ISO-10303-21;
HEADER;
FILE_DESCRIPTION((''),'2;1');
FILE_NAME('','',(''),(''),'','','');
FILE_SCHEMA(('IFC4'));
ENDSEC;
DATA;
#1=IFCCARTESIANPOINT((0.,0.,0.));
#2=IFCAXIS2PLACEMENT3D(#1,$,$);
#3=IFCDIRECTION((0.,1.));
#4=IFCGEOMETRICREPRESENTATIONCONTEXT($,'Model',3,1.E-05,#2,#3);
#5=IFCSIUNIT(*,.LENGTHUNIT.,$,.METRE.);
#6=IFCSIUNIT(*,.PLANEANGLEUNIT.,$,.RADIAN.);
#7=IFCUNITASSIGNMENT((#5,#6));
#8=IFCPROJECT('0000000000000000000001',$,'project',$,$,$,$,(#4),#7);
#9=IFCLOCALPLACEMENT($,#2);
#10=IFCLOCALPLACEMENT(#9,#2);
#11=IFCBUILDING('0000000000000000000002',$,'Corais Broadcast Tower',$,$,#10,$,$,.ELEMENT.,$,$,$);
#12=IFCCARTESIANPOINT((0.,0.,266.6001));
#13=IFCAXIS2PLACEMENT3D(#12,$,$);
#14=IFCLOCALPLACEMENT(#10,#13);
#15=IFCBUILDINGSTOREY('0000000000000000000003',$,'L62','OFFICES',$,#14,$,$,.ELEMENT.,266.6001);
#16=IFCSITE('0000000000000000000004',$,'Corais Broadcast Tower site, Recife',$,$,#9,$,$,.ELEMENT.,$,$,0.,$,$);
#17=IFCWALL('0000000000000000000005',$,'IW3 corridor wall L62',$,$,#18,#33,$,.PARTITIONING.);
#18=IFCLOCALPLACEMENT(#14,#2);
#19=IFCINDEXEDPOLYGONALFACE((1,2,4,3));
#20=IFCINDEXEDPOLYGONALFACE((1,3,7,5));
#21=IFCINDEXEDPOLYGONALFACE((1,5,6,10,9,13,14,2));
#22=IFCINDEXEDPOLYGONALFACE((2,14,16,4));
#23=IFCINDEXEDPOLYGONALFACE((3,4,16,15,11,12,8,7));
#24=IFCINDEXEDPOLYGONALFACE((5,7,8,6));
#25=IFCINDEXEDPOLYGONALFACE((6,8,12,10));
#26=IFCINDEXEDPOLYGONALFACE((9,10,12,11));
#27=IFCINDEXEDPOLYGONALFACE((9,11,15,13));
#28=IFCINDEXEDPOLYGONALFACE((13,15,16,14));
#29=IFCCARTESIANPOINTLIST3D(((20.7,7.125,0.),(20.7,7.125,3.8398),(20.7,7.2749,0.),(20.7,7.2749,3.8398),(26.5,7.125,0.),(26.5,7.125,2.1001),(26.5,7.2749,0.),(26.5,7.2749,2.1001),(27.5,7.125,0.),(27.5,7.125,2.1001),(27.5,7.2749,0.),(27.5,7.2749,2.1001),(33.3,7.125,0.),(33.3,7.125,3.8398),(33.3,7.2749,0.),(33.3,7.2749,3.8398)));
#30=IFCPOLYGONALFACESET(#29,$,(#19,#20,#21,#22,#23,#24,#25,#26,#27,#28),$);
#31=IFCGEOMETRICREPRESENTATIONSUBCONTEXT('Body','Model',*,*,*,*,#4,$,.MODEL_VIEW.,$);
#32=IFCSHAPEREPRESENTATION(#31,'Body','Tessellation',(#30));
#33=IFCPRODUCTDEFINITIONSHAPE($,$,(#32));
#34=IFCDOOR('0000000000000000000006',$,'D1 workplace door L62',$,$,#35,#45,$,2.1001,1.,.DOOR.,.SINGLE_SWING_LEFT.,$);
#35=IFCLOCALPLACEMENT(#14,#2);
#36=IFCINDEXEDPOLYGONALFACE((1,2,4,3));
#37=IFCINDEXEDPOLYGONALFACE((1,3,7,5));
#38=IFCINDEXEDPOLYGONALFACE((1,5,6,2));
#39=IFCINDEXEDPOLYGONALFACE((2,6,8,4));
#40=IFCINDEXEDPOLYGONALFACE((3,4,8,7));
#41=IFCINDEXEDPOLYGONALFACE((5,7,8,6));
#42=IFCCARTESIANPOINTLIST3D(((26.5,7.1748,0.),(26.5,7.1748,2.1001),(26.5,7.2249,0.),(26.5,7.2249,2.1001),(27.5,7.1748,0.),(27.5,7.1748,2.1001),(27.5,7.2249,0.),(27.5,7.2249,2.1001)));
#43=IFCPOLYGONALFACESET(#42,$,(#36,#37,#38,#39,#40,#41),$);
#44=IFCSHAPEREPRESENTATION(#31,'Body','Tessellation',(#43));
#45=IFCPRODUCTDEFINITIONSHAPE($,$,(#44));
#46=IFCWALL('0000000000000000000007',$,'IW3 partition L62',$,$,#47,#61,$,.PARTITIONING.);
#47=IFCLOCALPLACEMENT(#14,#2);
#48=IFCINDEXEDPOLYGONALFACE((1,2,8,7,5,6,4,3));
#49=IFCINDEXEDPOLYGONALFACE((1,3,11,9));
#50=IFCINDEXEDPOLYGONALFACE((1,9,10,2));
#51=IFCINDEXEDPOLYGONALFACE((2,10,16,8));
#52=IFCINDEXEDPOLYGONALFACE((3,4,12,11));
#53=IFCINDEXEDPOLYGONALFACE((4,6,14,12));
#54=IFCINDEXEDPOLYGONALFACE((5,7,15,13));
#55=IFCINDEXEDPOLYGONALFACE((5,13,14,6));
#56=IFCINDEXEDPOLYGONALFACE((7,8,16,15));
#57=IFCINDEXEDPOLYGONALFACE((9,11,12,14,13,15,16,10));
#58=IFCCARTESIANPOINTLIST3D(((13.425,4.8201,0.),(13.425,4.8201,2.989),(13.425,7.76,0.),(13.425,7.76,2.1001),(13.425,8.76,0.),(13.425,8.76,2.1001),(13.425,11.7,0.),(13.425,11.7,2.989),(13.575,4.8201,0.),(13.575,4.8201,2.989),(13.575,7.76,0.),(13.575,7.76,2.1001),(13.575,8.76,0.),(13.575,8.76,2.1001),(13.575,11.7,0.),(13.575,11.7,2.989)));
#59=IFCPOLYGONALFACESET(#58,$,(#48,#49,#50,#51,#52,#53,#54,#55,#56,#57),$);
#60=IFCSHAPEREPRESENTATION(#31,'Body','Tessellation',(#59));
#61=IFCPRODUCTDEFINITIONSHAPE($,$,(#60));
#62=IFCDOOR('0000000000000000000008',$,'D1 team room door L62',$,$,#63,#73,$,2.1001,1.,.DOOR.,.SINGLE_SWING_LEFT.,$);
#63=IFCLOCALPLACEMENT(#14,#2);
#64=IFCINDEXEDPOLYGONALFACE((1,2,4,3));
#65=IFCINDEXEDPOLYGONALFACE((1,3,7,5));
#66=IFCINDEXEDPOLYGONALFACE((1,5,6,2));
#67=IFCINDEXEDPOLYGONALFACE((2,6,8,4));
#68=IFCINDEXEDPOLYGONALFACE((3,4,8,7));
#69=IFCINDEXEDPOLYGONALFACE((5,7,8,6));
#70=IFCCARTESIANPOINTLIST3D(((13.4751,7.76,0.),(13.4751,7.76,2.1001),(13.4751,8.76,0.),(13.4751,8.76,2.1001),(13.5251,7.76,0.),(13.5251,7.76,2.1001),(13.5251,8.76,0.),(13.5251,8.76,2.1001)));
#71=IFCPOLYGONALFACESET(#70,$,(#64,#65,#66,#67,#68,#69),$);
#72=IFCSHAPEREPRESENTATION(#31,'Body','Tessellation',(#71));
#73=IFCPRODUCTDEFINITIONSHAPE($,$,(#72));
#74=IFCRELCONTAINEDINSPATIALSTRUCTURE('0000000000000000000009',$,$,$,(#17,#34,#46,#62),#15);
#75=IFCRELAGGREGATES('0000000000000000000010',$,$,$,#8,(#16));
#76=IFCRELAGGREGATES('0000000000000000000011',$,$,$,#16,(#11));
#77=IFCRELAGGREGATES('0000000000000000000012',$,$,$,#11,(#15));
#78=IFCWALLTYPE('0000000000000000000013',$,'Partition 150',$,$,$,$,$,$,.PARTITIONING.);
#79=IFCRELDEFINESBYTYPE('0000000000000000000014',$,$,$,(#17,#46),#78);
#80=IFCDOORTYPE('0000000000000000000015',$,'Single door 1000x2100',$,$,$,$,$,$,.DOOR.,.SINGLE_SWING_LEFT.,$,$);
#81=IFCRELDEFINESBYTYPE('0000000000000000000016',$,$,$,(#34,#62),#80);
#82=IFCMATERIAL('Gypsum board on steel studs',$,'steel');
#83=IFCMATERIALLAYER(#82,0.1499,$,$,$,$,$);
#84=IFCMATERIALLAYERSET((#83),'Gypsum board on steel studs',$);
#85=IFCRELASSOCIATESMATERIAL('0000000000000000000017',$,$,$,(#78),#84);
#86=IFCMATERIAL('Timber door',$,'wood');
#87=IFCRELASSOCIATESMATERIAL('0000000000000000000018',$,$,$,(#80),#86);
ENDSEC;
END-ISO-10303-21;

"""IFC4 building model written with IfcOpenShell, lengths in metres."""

from ifc_helpers import new_model, si_unit, direction, frame, frame_2d, origin, place, context, subcontext, project, spatial, rectangle, extrude, material, layer, layer_set, type_object, element, fill, save


model = new_model("IFC4")

# Units and contexts
model_context = context("Model", 3, precision=1e-05, world=origin(), true_north=direction((0.0, 1.0)))
body_context = subcontext(model_context, "Body", "Model", "MODEL_VIEW")
ifc_project = project(units=[si_unit("LENGTHUNIT", "METRE"), si_unit("PLANEANGLEUNIT", "RADIAN")], contexts=[model_context])

# Site, building, storey
site_placement = place(None, origin())
site = spatial("IfcSite", under=ifc_project, at=site_placement, Name="Corais Broadcast Tower site, Recife", CompositionType="ELEMENT", RefElevation=0.0)
building_placement = place(site_placement, origin())
building = spatial("IfcBuilding", under=site, at=building_placement, Name="Corais Broadcast Tower", CompositionType="ELEMENT")
storey_placement = place(building_placement, frame((0.0, 0.0, 266.6001)))
storey = spatial("IfcBuildingStorey", under=building, at=storey_placement, Name="L62", Description="OFFICES", CompositionType="ELEMENT", Elevation=266.6001)

# Walls, openings, doors
ifc_material_1 = material(Name="Gypsum board on steel studs", Category="steel")
ifc_layer_1 = layer(ifc_material_1, 0.1499)
ifc_layer_set_1 = layer_set([ifc_layer_1], Name="Gypsum board on steel studs")
wall_type = type_object("IfcWallType", Name="Partition 150", PredefinedType="PARTITIONING", material=ifc_layer_set_1)
wall_1_placement = place(storey_placement, frame((20.7, 7.2, 0.0), z_axis=(0.0, 0.0, 1.0), x_axis=(1.0, 0.0, 0.0)))
wall_1 = element("IfcWall", 1, at=wall_1_placement, inside=storey, type_object=wall_type, Name="IW3 corridor wall L62", PredefinedType="PARTITIONING", context=body_context, shape_type="SweptSolid", body=[
    extrude(rectangle(XDim=12.6001, YDim=0.1499, at=frame_2d((6.3, 0.0))), origin(), (0.0, 0.0, 1.0), 3.8398),
])
opening_1_placement = place(wall_1_placement, frame((5.8, 0.0, 0.0)))
opening_1 = element("IfcOpeningElement", 2, at=opening_1_placement, cuts=wall_1, PredefinedType="OPENING", context=body_context, shape_type="SweptSolid", body=[
    extrude(rectangle(XDim=1.0, YDim=2.1001, at=frame_2d((0.5, 1.05))), frame((0.0, 0.085, 0.0), z_axis=(0.0, -1.0, 0.0), x_axis=(1.0, 0.0, 0.0)), (0.0, 0.0, 1.0), 0.1699),
])
ifc_material_2 = material(Name="Timber door", Category="wood")
door_type = type_object("IfcDoorType", Name="Single door 1000x2100", OperationType="SINGLE_SWING_LEFT", PredefinedType="DOOR", material=ifc_material_2)
door_1_placement = place(opening_1_placement, origin())
door_1 = element("IfcDoor", 3, at=door_1_placement, inside=storey, type_object=door_type, Name="D1 workplace door L62", OperationType="SINGLE_SWING_LEFT", OverallHeight=2.1001, OverallWidth=1.0, PredefinedType="DOOR", context=body_context, shape_type="SweptSolid", body=[
    extrude(rectangle(XDim=1.0, YDim=2.1001, at=frame_2d((0.5, 1.05))), frame((0.0, 0.0249, 0.0), z_axis=(0.0, -1.0, 0.0), x_axis=(1.0, 0.0, 0.0)), (0.0, 0.0, 1.0), 0.05),
])
fill(opening_1, door_1)
wall_2_placement = place(storey_placement, frame((13.5, 4.8201, 0.0), z_axis=(0.0, 0.0, 1.0), x_axis=(0.0, 1.0, 0.0)))
wall_2 = element("IfcWall", 4, at=wall_2_placement, inside=storey, type_object=wall_type, Name="IW3 partition L62", PredefinedType="PARTITIONING", context=body_context, shape_type="SweptSolid", body=[
    extrude(rectangle(XDim=6.8799, YDim=0.1499, at=frame_2d((3.4399, 0.0))), origin(), (0.0, 0.0, 1.0), 2.989),
])
opening_2_placement = place(wall_2_placement, frame((2.9399, 0.0, 0.0)))
opening_2 = element("IfcOpeningElement", 5, at=opening_2_placement, cuts=wall_2, PredefinedType="OPENING", context=body_context, shape_type="SweptSolid", body=[
    extrude(rectangle(XDim=1.0, YDim=2.1001, at=frame_2d((0.5, 1.05))), frame((0.0, 0.085, 0.0), z_axis=(0.0, -1.0, 0.0), x_axis=(1.0, 0.0, 0.0)), (0.0, 0.0, 1.0), 0.1699),
])
door_2_placement = place(opening_2_placement, origin())
door_2 = element("IfcDoor", 6, at=door_2_placement, inside=storey, type_object=door_type, Name="D1 team room door L62", OperationType="SINGLE_SWING_LEFT", OverallHeight=2.1001, OverallWidth=1.0, PredefinedType="DOOR", context=body_context, shape_type="SweptSolid", body=[
    extrude(rectangle(XDim=1.0, YDim=2.1001, at=frame_2d((0.5, 1.05))), frame((0.0, 0.0249, 0.0), z_axis=(0.0, -1.0, 0.0), x_axis=(1.0, 0.0, 0.0)), (0.0, 0.0, 1.0), 0.05),
])
fill(opening_2, door_2)

save(model, "model.ifc")
